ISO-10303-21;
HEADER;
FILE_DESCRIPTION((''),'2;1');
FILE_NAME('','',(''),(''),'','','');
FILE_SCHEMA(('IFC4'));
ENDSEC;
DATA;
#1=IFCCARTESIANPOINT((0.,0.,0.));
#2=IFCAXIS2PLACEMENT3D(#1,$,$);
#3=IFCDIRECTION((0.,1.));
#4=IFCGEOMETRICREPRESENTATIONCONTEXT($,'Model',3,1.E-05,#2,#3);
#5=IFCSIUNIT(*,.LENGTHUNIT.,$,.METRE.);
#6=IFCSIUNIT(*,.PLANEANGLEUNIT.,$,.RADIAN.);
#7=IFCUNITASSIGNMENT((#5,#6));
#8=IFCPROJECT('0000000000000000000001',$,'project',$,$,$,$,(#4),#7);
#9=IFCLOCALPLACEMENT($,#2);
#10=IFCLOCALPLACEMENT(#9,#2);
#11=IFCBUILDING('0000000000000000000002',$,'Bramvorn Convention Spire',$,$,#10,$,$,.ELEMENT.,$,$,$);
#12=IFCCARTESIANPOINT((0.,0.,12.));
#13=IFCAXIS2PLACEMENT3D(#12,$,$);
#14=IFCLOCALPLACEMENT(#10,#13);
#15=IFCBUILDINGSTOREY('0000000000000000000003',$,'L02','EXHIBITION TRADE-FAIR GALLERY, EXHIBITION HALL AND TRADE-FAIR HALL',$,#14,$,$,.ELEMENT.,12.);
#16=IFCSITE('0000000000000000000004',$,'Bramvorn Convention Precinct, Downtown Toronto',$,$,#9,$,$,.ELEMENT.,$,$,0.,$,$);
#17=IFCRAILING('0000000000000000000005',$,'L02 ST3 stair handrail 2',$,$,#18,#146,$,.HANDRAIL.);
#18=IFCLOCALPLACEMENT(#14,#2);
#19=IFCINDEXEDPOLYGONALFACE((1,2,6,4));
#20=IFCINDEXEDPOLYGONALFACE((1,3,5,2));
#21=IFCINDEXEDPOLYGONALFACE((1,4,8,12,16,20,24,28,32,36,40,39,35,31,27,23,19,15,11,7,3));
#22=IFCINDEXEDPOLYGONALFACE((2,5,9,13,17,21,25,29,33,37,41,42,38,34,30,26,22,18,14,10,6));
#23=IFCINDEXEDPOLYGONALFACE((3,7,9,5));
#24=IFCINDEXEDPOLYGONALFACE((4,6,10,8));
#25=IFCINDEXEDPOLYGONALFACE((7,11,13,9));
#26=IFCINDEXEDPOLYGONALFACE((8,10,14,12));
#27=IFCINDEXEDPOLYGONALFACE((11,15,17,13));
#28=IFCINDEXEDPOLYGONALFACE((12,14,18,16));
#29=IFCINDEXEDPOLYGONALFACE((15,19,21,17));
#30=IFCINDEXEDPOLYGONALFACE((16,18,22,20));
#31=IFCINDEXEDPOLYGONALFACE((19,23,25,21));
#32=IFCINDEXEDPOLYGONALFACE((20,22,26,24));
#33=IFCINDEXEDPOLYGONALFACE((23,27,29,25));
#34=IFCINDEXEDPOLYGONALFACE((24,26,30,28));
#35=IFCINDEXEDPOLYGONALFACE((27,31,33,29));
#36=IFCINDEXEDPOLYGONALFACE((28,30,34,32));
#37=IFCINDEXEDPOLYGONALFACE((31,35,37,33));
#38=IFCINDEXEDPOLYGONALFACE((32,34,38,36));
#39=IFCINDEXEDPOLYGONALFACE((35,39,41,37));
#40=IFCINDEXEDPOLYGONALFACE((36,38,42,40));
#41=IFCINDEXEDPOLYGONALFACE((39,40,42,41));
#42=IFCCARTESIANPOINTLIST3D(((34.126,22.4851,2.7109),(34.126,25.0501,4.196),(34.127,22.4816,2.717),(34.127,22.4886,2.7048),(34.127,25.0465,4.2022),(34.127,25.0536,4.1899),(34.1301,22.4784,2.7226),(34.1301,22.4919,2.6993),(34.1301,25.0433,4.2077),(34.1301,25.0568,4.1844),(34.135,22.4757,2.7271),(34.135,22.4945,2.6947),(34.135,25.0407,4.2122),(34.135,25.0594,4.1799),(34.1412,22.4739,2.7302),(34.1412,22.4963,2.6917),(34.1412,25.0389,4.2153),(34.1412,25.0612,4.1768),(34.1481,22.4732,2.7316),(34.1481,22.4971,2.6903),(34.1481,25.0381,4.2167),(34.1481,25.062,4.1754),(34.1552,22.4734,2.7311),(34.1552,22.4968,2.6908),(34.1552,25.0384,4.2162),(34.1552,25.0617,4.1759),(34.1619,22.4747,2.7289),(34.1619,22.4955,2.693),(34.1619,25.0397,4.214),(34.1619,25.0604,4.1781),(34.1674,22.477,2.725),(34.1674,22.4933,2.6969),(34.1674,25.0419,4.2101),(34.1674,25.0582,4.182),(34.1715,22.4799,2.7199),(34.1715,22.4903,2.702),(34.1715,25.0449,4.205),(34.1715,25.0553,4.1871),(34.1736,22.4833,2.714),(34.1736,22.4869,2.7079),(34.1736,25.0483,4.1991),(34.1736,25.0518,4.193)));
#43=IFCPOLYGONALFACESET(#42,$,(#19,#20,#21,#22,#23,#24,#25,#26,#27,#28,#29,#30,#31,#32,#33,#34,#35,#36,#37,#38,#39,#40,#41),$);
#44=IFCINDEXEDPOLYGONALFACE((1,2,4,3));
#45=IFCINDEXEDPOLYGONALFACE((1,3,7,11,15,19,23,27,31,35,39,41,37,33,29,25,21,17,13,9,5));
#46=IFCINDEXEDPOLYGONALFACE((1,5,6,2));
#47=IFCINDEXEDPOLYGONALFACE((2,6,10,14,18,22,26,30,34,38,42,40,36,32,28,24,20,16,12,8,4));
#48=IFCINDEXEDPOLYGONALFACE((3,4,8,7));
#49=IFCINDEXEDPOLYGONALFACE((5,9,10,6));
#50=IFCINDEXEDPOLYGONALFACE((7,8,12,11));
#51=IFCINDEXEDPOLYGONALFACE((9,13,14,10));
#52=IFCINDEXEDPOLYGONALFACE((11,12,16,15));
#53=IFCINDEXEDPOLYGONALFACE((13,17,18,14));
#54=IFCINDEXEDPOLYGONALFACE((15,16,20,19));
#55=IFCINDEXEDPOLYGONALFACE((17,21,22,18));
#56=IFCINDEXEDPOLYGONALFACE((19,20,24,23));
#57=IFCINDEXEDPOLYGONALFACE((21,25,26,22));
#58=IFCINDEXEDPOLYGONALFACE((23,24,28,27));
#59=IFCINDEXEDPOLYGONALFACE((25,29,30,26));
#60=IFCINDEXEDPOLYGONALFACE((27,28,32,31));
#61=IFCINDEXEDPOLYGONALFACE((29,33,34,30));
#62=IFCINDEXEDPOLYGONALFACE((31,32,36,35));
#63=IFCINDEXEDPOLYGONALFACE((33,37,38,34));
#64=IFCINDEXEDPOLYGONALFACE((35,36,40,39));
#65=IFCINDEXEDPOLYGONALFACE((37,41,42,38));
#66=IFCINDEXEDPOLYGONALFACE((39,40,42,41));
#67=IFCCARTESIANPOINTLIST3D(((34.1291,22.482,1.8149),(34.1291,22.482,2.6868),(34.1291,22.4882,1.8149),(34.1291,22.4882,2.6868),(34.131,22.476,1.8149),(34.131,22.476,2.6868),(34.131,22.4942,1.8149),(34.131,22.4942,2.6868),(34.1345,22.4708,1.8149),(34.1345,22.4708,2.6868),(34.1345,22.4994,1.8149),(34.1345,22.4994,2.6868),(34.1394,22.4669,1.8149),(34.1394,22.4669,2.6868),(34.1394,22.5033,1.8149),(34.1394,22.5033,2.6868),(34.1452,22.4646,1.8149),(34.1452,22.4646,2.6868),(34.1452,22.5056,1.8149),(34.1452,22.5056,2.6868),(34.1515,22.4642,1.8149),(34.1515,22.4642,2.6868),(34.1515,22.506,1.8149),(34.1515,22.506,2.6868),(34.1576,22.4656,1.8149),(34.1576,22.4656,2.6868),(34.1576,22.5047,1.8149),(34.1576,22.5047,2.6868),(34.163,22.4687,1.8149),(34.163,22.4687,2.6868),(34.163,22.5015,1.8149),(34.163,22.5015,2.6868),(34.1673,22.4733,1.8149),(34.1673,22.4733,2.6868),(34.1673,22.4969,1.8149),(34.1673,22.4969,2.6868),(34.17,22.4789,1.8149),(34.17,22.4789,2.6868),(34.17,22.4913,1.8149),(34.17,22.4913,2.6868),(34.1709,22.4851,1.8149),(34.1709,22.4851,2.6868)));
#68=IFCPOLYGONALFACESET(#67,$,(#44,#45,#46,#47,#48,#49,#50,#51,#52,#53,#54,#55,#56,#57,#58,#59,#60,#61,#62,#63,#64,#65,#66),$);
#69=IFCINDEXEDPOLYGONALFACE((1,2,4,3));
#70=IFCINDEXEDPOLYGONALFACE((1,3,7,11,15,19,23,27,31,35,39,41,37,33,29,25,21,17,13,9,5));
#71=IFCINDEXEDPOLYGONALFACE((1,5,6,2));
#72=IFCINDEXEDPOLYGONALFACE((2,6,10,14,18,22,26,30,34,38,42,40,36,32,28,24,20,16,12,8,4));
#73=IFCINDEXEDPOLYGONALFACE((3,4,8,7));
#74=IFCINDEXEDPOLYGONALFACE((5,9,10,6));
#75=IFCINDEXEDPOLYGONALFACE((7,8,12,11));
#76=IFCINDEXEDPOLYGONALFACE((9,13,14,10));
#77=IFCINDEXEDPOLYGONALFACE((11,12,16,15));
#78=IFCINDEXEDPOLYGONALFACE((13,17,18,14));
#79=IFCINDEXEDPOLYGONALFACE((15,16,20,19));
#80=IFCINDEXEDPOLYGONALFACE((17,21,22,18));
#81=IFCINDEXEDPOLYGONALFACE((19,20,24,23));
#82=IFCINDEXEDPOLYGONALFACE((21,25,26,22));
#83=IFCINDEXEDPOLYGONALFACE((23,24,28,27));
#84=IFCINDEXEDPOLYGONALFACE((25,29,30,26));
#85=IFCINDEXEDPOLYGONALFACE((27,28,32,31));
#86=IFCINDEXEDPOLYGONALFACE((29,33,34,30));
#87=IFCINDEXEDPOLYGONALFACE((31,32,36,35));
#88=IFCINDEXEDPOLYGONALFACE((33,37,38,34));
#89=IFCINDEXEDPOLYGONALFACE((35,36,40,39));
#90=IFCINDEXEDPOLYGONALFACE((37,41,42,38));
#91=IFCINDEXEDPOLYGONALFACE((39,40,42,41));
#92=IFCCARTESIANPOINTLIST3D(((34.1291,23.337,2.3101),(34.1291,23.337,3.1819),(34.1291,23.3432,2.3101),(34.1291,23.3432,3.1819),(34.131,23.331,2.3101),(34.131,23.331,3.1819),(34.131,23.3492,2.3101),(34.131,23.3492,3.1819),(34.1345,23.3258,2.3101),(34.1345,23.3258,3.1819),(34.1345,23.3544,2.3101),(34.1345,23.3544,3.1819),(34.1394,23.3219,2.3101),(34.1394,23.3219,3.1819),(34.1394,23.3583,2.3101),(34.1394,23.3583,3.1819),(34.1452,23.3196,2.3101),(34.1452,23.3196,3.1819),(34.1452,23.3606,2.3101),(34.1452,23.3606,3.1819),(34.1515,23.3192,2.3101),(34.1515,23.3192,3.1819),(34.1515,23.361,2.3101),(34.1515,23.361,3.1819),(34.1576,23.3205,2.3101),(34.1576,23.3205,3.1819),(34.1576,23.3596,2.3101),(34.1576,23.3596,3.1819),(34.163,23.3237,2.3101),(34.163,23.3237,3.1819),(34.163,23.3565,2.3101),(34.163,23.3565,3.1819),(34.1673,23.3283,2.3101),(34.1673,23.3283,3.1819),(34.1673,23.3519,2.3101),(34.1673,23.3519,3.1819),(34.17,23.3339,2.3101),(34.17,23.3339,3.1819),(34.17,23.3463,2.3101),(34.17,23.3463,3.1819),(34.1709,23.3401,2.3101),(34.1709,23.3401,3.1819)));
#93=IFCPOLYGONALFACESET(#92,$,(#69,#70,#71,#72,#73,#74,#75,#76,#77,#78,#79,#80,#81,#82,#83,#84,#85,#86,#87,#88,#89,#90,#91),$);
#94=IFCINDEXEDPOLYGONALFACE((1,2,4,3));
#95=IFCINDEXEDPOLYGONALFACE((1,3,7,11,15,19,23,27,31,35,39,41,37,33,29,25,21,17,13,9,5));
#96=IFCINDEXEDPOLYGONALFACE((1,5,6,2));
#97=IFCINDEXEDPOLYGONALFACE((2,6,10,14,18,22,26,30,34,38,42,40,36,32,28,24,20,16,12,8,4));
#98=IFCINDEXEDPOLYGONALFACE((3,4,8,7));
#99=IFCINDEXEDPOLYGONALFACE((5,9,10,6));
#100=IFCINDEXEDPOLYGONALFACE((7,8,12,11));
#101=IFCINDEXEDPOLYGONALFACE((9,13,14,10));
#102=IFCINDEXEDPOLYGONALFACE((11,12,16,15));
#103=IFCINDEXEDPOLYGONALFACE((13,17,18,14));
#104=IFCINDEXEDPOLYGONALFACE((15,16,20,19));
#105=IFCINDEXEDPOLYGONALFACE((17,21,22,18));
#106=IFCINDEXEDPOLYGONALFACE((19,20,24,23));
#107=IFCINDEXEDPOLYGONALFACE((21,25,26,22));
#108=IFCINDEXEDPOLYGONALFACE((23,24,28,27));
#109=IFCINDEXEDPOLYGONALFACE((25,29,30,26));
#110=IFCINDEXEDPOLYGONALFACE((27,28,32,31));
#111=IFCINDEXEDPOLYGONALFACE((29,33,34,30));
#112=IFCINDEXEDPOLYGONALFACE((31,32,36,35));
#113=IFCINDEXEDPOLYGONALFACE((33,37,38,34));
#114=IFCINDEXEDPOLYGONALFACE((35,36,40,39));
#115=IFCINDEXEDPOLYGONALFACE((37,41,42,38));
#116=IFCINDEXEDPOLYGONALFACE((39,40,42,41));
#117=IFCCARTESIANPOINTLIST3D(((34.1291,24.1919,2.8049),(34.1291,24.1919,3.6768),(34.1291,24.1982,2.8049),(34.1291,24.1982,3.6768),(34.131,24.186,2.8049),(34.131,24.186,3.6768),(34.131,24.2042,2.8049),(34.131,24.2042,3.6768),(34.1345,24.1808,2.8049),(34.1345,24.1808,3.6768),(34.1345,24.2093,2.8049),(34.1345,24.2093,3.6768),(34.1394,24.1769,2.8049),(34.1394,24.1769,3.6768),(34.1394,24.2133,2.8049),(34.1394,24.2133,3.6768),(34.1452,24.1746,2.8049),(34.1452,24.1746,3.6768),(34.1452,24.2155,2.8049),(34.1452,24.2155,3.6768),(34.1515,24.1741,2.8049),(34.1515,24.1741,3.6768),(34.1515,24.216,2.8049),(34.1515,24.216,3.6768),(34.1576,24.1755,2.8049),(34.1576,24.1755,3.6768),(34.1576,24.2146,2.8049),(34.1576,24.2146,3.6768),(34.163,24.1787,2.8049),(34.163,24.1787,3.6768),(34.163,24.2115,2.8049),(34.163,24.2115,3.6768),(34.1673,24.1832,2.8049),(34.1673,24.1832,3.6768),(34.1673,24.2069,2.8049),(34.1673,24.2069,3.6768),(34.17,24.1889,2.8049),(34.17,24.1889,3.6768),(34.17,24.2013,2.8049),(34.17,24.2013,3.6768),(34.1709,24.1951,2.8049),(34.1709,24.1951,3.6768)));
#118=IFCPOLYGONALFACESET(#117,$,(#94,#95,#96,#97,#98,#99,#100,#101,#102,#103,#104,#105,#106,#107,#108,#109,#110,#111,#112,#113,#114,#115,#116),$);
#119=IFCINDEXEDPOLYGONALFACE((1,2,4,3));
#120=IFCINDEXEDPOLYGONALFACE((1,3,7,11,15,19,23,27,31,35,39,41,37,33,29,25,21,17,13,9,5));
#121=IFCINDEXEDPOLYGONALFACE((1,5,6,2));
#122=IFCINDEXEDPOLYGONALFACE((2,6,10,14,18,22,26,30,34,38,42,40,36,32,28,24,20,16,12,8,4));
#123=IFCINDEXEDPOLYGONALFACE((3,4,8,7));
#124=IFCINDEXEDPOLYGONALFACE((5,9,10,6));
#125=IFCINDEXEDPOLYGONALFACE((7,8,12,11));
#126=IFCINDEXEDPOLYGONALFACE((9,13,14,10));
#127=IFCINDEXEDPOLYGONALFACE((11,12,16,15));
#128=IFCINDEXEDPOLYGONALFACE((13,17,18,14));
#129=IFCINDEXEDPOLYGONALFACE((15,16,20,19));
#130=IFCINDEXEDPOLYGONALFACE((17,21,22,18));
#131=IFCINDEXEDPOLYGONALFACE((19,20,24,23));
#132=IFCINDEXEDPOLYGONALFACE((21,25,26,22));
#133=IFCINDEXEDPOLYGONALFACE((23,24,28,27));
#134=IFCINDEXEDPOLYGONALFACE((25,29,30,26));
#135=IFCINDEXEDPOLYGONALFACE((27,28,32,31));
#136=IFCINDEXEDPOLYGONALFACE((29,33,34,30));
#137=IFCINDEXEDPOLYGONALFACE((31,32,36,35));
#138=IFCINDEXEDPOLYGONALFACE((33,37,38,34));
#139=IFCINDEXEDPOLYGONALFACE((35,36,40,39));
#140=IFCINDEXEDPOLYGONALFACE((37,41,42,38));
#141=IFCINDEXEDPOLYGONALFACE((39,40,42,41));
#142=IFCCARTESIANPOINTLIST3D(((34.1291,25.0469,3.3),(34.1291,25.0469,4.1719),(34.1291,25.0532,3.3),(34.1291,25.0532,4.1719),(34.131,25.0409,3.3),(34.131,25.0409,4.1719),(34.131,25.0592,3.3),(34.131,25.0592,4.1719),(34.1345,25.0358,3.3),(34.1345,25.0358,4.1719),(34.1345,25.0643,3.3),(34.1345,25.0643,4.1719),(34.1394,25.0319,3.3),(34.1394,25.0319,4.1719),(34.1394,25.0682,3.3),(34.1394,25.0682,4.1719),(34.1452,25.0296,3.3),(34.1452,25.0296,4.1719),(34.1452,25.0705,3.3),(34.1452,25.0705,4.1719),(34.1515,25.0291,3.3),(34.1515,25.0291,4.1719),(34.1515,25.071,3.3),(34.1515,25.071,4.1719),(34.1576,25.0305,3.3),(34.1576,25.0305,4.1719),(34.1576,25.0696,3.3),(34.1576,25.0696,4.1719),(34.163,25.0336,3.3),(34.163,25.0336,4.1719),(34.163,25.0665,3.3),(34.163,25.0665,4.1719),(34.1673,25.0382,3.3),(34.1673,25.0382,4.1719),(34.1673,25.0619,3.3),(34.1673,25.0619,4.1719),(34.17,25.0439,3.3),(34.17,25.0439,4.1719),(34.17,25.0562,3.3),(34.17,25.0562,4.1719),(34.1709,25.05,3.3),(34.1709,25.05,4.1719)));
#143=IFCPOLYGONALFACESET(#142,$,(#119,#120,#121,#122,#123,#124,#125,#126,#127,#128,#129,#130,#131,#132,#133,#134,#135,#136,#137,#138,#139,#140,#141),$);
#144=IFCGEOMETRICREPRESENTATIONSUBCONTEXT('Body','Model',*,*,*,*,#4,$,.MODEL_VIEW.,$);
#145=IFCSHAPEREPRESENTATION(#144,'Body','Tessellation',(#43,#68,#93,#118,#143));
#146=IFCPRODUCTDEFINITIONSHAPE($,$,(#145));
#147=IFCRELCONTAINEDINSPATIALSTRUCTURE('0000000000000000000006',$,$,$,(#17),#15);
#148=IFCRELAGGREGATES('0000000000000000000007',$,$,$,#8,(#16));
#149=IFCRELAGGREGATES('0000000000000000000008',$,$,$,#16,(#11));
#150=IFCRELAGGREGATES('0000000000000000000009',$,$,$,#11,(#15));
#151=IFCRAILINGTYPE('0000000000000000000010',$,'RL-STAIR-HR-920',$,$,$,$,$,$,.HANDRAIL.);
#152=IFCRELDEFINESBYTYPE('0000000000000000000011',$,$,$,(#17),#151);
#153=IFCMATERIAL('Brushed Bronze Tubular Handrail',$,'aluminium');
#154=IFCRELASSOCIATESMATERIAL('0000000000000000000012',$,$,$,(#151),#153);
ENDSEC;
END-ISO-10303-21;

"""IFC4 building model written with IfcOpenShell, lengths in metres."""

from ifc_helpers import new_model, si_unit, direction, frame, origin, origin_2d, place, context, subcontext, project, spatial, circle, extrude, material, type_object, element, save


model = new_model("IFC4")

# Units and contexts
model_context = context("Model", 3, precision=1e-05, world=origin(), true_north=direction((0.0, 1.0)))
body_context = subcontext(model_context, "Body", "Model", "MODEL_VIEW")
ifc_project = project(units=[si_unit("LENGTHUNIT", "METRE"), si_unit("PLANEANGLEUNIT", "RADIAN")], contexts=[model_context])

# Site, building, storey
site_placement = place(None, origin())
site = spatial("IfcSite", under=ifc_project, at=site_placement, Name="Bramvorn Convention Precinct, Downtown Toronto", CompositionType="ELEMENT", RefElevation=0.0)
building_placement = place(site_placement, origin())
building = spatial("IfcBuilding", under=site, at=building_placement, Name="Bramvorn Convention Spire", CompositionType="ELEMENT")
storey_placement = place(building_placement, frame((0.0, 0.0, 12.0)))
storey = spatial("IfcBuildingStorey", under=building, at=storey_placement, Name="L02", Description="EXHIBITION TRADE-FAIR GALLERY, EXHIBITION HALL AND TRADE-FAIR HALL", CompositionType="ELEMENT", Elevation=12.0)

# Railing
ifc_material_1 = material(Name="Brushed Bronze Tubular Handrail", Category="aluminium")
railing_type_1 = type_object("IfcRailingType", Name="RL-STAIR-HR-920", PredefinedType="HANDRAIL", material=ifc_material_1)
for number, where, name in (
    (1, (34.1499, 22.4851, 1.8149), "L02 ST3 stair handrail 2"),
):
    element("IfcRailing", number, at=place(storey_placement, frame(where)), inside=storey, type_object=railing_type_1, Name=name, PredefinedType="HANDRAIL", context=body_context, shape_type="SweptSolid", body=[
        extrude(circle(Radius=0.0239, at=origin_2d()), frame((0.0, 0.0, 0.896), z_axis=(0.0, 0.865406, 0.501072), x_axis=(-1.0, 0.0, 0.0)), (0.0, 0.0, 1.0), 2.9639),
        extrude(circle(Radius=0.021, at=origin_2d()), origin(), (0.0, 0.0, 1.0), 0.8718),
        extrude(circle(Radius=0.021, at=origin_2d()), frame((0.0, 0.855, 0.4951)), (0.0, 0.0, 1.0), 0.8718),
        extrude(circle(Radius=0.021, at=origin_2d()), frame((0.0, 1.71, 0.99)), (0.0, 0.0, 1.0), 0.8718),
        extrude(circle(Radius=0.021, at=origin_2d()), frame((0.0, 2.5649, 1.4851)), (0.0, 0.0, 1.0), 0.8718),
    ])

save(model, "model.ifc")
